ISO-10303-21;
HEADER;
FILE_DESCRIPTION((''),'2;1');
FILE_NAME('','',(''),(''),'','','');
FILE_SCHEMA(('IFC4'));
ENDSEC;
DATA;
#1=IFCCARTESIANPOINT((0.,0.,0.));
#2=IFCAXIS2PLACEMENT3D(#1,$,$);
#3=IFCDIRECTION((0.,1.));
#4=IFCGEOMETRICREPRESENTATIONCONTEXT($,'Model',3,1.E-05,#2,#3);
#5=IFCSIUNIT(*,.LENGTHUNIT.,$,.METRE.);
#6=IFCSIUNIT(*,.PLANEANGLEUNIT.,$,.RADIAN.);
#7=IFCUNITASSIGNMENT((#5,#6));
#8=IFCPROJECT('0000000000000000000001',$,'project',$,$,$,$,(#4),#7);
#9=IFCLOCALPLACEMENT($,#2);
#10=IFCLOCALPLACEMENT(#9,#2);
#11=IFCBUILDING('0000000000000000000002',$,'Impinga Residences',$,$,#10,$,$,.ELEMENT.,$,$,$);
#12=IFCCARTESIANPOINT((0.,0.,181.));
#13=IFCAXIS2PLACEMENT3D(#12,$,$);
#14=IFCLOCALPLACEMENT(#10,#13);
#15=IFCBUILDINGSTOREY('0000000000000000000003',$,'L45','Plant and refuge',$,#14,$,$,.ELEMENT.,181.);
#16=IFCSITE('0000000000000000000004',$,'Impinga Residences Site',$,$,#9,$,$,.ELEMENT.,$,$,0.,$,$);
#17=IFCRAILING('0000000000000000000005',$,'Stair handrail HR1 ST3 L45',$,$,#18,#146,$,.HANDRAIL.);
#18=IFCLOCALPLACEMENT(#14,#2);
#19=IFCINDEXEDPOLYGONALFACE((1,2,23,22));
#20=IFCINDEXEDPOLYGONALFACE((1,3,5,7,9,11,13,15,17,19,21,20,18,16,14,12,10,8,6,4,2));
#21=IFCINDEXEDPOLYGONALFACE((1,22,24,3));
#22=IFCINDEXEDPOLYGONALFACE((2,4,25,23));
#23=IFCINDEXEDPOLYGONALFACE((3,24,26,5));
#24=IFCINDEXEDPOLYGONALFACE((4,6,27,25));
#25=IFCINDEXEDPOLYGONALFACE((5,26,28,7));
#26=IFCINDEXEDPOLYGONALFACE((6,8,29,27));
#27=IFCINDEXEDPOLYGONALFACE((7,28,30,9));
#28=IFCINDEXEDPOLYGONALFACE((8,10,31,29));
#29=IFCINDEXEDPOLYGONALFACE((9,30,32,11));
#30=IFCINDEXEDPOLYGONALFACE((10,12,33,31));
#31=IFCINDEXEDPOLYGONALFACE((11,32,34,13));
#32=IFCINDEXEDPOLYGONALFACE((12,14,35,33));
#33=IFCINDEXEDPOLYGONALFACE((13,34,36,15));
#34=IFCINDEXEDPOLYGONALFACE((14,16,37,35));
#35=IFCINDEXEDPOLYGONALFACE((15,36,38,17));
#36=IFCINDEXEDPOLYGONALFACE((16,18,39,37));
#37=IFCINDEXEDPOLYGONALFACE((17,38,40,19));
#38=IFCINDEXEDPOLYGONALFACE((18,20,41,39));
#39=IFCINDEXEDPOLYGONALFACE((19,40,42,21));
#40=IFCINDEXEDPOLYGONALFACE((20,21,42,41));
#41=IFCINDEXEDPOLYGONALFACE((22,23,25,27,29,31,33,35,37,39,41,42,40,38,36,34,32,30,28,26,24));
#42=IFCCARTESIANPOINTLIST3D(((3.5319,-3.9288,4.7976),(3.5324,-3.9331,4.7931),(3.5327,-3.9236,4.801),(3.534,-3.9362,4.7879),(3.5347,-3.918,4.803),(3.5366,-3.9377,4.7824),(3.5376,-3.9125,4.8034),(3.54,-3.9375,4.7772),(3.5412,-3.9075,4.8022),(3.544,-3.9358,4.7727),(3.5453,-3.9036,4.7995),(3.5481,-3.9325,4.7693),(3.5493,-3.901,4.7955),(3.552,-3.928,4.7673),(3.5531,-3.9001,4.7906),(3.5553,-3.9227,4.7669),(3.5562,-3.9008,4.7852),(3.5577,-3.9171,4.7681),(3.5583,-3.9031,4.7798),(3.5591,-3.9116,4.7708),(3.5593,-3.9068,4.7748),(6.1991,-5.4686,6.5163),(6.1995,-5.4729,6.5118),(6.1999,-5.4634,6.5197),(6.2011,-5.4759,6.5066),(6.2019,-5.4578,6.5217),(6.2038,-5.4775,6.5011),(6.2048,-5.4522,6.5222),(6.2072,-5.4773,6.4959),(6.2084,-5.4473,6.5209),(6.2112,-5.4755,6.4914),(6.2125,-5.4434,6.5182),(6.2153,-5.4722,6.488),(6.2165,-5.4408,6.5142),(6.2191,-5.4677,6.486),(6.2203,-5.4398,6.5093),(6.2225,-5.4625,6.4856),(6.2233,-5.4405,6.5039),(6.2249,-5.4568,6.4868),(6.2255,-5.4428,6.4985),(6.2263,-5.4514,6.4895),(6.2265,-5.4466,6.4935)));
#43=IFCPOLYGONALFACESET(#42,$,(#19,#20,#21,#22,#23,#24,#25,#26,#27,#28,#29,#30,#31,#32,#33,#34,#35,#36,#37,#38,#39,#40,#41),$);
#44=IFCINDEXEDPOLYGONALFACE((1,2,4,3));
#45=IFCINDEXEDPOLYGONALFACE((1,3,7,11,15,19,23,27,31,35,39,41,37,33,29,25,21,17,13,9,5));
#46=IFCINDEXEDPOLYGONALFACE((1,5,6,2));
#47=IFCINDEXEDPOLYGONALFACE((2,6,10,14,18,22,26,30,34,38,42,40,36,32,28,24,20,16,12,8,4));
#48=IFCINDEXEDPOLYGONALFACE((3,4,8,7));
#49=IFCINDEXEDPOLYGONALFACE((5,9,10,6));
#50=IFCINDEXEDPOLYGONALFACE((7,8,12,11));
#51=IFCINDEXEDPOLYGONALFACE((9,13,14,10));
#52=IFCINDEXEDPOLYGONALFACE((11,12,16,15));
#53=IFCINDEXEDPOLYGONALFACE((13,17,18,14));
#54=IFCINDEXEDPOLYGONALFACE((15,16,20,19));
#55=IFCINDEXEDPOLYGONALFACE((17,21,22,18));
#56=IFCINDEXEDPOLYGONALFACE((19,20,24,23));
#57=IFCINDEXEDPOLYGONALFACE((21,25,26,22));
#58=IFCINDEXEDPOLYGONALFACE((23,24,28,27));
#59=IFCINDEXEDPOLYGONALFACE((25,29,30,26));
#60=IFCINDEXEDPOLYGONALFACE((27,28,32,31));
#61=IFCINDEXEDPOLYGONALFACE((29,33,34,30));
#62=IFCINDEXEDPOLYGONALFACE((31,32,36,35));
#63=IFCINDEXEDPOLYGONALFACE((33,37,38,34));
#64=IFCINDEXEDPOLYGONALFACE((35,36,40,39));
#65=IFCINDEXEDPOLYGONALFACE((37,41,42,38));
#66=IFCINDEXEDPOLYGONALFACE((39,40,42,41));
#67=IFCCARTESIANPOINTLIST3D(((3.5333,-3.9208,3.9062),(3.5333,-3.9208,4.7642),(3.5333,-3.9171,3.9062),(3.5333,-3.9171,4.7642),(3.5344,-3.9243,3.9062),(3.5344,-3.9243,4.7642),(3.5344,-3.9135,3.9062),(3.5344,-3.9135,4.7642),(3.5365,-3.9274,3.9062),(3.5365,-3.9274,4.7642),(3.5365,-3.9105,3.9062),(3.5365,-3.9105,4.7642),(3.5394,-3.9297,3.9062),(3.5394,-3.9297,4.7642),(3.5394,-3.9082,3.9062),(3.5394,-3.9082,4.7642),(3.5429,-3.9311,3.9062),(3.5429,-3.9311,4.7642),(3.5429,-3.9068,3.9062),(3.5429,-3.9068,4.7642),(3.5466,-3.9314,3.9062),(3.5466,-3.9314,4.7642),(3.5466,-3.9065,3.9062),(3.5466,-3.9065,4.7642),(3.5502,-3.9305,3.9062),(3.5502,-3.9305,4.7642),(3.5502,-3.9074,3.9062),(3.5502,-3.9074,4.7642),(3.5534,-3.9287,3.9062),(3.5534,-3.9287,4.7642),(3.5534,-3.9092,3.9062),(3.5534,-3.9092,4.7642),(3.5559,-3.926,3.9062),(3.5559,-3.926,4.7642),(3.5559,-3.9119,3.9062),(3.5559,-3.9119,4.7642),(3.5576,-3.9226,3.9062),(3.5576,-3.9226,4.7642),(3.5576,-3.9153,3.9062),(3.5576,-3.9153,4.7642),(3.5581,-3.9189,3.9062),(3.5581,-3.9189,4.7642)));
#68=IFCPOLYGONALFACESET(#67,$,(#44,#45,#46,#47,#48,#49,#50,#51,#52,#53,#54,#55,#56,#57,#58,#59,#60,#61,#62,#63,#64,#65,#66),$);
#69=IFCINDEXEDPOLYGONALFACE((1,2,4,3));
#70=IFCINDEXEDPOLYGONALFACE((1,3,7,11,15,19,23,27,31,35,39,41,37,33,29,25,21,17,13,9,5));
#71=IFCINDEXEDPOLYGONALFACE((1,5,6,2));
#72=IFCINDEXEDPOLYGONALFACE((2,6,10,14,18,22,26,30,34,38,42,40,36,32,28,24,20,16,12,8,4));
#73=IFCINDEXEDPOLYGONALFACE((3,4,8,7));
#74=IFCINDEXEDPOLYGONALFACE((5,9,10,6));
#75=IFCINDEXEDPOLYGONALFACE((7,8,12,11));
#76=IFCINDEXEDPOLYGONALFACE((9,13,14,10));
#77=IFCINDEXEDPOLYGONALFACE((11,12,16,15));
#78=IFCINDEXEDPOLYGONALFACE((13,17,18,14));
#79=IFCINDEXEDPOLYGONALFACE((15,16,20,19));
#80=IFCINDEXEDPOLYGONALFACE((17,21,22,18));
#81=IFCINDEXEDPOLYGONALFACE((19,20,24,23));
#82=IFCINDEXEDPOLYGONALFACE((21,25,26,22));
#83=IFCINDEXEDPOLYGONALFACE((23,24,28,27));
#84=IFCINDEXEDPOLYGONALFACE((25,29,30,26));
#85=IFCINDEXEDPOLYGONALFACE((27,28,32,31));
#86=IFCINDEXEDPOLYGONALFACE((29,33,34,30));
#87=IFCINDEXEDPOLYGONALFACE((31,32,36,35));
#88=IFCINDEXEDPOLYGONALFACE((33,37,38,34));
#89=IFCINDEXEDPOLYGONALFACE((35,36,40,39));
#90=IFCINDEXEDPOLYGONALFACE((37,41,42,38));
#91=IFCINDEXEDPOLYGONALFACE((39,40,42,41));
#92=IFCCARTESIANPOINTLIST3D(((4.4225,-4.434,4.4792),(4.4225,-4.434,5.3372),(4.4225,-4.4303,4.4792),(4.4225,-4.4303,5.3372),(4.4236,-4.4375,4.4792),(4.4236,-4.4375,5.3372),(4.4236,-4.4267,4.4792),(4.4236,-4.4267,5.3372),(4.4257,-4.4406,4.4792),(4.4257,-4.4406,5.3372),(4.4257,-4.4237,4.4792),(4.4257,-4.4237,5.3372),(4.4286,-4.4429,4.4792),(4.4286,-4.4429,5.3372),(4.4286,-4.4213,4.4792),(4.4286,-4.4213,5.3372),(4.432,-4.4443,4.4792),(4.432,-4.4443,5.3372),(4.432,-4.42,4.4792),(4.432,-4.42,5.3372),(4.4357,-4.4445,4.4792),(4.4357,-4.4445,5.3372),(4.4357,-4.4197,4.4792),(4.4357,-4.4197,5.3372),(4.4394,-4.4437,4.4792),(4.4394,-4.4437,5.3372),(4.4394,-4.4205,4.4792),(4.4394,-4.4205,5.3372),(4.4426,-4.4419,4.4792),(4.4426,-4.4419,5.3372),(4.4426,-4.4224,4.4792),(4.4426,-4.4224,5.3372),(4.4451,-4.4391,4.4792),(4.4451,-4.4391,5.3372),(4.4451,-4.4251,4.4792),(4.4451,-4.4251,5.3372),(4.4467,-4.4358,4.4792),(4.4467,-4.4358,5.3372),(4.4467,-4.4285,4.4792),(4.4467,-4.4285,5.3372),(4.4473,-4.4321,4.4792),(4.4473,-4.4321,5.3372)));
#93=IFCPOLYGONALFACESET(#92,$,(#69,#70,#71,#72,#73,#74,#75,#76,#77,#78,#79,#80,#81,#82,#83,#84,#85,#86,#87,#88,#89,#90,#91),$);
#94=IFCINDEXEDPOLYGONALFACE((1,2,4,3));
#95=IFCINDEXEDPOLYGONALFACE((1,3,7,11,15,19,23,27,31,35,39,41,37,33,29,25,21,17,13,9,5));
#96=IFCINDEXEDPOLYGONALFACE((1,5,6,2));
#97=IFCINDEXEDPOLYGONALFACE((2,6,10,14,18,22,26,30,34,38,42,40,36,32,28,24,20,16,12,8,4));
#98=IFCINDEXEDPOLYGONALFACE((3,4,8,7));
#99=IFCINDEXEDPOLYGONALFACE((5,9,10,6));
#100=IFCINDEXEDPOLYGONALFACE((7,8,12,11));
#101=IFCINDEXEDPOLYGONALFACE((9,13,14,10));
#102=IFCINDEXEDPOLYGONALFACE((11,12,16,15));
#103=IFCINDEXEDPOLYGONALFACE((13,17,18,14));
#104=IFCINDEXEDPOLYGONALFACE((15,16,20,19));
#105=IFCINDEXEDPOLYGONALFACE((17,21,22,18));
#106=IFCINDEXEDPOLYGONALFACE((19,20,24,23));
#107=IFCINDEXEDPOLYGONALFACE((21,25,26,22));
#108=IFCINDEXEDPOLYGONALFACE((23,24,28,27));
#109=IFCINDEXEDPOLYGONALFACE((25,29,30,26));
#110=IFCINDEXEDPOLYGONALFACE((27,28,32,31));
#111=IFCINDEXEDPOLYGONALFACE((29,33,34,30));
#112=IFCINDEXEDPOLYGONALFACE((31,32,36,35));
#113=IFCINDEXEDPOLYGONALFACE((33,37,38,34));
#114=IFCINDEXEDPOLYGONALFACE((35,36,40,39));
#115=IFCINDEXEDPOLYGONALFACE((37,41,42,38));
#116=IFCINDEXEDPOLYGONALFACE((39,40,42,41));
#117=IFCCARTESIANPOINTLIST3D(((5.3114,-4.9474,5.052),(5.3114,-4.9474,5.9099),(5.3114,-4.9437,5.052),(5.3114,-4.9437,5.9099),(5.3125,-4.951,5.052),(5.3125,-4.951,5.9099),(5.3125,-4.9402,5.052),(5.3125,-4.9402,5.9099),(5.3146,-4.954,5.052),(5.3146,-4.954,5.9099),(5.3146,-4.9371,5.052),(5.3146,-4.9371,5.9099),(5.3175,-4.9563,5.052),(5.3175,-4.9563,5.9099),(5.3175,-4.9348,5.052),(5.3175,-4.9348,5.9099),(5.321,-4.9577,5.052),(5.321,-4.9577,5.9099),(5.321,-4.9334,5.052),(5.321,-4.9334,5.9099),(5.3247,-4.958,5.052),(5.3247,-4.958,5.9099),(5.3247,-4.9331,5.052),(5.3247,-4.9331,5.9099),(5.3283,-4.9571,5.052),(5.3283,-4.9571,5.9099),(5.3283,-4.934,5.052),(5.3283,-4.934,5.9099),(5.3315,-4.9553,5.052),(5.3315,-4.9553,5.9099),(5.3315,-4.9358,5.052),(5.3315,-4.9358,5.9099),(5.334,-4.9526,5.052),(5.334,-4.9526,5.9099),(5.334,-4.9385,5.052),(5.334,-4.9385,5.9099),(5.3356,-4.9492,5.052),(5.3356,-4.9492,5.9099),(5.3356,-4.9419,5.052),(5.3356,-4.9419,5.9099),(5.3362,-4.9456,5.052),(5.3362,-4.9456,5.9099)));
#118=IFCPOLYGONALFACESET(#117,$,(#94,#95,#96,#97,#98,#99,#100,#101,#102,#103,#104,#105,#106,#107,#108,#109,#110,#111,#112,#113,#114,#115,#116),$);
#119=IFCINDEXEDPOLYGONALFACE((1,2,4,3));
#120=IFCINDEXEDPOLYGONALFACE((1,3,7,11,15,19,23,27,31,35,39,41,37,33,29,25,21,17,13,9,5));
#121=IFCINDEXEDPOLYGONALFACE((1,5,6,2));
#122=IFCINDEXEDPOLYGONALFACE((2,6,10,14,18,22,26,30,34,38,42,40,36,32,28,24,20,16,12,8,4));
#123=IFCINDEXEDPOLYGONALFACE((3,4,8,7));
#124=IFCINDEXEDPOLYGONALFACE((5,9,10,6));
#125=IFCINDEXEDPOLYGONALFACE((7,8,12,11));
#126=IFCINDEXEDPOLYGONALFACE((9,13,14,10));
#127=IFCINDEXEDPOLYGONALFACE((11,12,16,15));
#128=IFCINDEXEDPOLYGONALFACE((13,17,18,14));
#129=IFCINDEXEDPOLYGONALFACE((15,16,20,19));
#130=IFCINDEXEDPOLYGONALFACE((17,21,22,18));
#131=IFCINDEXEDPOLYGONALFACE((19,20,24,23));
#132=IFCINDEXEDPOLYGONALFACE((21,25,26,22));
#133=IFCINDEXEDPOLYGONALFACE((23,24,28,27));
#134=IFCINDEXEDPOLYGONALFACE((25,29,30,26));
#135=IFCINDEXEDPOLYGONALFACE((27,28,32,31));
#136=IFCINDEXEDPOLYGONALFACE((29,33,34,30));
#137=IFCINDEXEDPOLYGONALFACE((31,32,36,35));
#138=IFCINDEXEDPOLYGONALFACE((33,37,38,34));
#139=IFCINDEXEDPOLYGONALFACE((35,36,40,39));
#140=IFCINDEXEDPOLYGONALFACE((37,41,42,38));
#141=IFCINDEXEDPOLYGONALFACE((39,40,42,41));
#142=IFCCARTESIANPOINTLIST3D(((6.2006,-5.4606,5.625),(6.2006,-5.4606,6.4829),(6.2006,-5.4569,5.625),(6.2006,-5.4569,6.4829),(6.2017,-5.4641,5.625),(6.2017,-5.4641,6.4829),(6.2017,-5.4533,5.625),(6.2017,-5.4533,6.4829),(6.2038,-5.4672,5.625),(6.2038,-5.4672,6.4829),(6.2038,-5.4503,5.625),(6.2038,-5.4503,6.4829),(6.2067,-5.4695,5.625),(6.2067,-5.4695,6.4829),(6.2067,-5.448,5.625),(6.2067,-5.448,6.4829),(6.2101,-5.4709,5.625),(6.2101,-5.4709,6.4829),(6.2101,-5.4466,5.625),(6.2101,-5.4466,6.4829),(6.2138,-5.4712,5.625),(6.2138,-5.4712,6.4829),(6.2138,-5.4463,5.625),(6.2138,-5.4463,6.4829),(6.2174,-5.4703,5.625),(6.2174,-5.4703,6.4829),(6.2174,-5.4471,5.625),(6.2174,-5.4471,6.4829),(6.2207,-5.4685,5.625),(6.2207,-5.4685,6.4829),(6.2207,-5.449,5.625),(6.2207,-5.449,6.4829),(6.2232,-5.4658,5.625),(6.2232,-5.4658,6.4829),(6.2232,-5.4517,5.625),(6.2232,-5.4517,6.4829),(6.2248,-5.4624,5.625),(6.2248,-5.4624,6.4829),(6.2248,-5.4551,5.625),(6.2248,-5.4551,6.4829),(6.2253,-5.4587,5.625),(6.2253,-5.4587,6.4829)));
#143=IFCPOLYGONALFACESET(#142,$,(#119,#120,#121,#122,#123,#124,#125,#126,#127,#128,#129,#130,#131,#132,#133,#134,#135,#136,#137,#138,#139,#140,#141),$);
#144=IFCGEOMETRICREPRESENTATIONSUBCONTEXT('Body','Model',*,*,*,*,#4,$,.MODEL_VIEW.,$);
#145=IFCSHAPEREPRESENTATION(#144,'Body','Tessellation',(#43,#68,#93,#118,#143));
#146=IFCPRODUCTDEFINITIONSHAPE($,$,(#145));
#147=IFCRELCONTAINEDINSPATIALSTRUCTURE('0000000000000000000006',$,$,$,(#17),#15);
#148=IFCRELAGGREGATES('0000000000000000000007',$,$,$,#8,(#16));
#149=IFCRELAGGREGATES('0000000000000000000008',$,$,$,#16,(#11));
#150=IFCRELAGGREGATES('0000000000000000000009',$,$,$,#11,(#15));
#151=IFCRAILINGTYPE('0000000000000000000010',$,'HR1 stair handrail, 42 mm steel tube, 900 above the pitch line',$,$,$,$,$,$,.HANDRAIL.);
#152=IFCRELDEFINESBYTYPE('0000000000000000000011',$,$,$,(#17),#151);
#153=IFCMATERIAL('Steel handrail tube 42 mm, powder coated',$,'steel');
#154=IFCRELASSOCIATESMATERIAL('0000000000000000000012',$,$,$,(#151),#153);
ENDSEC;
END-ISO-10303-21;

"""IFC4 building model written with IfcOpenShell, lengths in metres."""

from ifc_helpers import new_model, si_unit, direction, frame, origin, origin_2d, place, context, subcontext, project, spatial, circle, extrude, material, type_object, element, save


model = new_model("IFC4")

# Units and contexts
model_context = context("Model", 3, precision=1e-05, world=origin(), true_north=direction((0.0, 1.0)))
body_context = subcontext(model_context, "Body", "Model", "MODEL_VIEW")
ifc_project = project(units=[si_unit("LENGTHUNIT", "METRE"), si_unit("PLANEANGLEUNIT", "RADIAN")], contexts=[model_context])

# Site, building, storey
site_placement = place(None, origin())
site = spatial("IfcSite", under=ifc_project, at=site_placement, Name="Impinga Residences Site", CompositionType="ELEMENT", RefElevation=0.0)
building_placement = place(site_placement, origin())
building = spatial("IfcBuilding", under=site, at=building_placement, Name="Impinga Residences", CompositionType="ELEMENT")
storey_placement = place(building_placement, frame((0.0, 0.0, 181.0)))
storey = spatial("IfcBuildingStorey", under=building, at=storey_placement, Name="L45", Description="Plant and refuge", CompositionType="ELEMENT", Elevation=181.0)

# Railing
ifc_material_1 = material(Name="Steel handrail tube 42 mm, powder coated", Category="steel")
railing_type_1 = type_object("IfcRailingType", Name="HR1 stair handrail, 42 mm steel tube, 900 above the pitch line", PredefinedType="HANDRAIL", material=ifc_material_1)
railing_1_placement = place(storey_placement, frame((3.5457, -3.9189, 3.9062)))
element("IfcRailing", 1, at=railing_1_placement, inside=storey, type_object=railing_type_1, Name="Stair handrail HR1 ST3 L45", PredefinedType="HANDRAIL", context=body_context, shape_type="SweptSolid", body=[
    extrude(circle(Radius=0.021, at=origin_2d()), frame((0.0, 0.0, 0.8789), z_axis=(0.756249, -0.436582, 0.487322), x_axis=(0.499967, 0.866044, 0.0)), (0.0, 0.0, 1.0), 3.5269),
    extrude(circle(Radius=0.0125, at=origin_2d()), origin(), (0.0, 0.0, 1.0), 0.8579),
    extrude(circle(Radius=0.0125, at=origin_2d()), frame((0.8892, -0.5132, 0.573)), (0.0, 0.0, 1.0), 0.8579),
    extrude(circle(Radius=0.0125, at=origin_2d()), frame((1.7781, -1.0266, 1.1458)), (0.0, 0.0, 1.0), 0.8579),
    extrude(circle(Radius=0.0125, at=origin_2d()), frame((2.6672, -1.5398, 1.7188)), (0.0, 0.0, 1.0), 0.8579),
])

save(model, "model.ifc")
